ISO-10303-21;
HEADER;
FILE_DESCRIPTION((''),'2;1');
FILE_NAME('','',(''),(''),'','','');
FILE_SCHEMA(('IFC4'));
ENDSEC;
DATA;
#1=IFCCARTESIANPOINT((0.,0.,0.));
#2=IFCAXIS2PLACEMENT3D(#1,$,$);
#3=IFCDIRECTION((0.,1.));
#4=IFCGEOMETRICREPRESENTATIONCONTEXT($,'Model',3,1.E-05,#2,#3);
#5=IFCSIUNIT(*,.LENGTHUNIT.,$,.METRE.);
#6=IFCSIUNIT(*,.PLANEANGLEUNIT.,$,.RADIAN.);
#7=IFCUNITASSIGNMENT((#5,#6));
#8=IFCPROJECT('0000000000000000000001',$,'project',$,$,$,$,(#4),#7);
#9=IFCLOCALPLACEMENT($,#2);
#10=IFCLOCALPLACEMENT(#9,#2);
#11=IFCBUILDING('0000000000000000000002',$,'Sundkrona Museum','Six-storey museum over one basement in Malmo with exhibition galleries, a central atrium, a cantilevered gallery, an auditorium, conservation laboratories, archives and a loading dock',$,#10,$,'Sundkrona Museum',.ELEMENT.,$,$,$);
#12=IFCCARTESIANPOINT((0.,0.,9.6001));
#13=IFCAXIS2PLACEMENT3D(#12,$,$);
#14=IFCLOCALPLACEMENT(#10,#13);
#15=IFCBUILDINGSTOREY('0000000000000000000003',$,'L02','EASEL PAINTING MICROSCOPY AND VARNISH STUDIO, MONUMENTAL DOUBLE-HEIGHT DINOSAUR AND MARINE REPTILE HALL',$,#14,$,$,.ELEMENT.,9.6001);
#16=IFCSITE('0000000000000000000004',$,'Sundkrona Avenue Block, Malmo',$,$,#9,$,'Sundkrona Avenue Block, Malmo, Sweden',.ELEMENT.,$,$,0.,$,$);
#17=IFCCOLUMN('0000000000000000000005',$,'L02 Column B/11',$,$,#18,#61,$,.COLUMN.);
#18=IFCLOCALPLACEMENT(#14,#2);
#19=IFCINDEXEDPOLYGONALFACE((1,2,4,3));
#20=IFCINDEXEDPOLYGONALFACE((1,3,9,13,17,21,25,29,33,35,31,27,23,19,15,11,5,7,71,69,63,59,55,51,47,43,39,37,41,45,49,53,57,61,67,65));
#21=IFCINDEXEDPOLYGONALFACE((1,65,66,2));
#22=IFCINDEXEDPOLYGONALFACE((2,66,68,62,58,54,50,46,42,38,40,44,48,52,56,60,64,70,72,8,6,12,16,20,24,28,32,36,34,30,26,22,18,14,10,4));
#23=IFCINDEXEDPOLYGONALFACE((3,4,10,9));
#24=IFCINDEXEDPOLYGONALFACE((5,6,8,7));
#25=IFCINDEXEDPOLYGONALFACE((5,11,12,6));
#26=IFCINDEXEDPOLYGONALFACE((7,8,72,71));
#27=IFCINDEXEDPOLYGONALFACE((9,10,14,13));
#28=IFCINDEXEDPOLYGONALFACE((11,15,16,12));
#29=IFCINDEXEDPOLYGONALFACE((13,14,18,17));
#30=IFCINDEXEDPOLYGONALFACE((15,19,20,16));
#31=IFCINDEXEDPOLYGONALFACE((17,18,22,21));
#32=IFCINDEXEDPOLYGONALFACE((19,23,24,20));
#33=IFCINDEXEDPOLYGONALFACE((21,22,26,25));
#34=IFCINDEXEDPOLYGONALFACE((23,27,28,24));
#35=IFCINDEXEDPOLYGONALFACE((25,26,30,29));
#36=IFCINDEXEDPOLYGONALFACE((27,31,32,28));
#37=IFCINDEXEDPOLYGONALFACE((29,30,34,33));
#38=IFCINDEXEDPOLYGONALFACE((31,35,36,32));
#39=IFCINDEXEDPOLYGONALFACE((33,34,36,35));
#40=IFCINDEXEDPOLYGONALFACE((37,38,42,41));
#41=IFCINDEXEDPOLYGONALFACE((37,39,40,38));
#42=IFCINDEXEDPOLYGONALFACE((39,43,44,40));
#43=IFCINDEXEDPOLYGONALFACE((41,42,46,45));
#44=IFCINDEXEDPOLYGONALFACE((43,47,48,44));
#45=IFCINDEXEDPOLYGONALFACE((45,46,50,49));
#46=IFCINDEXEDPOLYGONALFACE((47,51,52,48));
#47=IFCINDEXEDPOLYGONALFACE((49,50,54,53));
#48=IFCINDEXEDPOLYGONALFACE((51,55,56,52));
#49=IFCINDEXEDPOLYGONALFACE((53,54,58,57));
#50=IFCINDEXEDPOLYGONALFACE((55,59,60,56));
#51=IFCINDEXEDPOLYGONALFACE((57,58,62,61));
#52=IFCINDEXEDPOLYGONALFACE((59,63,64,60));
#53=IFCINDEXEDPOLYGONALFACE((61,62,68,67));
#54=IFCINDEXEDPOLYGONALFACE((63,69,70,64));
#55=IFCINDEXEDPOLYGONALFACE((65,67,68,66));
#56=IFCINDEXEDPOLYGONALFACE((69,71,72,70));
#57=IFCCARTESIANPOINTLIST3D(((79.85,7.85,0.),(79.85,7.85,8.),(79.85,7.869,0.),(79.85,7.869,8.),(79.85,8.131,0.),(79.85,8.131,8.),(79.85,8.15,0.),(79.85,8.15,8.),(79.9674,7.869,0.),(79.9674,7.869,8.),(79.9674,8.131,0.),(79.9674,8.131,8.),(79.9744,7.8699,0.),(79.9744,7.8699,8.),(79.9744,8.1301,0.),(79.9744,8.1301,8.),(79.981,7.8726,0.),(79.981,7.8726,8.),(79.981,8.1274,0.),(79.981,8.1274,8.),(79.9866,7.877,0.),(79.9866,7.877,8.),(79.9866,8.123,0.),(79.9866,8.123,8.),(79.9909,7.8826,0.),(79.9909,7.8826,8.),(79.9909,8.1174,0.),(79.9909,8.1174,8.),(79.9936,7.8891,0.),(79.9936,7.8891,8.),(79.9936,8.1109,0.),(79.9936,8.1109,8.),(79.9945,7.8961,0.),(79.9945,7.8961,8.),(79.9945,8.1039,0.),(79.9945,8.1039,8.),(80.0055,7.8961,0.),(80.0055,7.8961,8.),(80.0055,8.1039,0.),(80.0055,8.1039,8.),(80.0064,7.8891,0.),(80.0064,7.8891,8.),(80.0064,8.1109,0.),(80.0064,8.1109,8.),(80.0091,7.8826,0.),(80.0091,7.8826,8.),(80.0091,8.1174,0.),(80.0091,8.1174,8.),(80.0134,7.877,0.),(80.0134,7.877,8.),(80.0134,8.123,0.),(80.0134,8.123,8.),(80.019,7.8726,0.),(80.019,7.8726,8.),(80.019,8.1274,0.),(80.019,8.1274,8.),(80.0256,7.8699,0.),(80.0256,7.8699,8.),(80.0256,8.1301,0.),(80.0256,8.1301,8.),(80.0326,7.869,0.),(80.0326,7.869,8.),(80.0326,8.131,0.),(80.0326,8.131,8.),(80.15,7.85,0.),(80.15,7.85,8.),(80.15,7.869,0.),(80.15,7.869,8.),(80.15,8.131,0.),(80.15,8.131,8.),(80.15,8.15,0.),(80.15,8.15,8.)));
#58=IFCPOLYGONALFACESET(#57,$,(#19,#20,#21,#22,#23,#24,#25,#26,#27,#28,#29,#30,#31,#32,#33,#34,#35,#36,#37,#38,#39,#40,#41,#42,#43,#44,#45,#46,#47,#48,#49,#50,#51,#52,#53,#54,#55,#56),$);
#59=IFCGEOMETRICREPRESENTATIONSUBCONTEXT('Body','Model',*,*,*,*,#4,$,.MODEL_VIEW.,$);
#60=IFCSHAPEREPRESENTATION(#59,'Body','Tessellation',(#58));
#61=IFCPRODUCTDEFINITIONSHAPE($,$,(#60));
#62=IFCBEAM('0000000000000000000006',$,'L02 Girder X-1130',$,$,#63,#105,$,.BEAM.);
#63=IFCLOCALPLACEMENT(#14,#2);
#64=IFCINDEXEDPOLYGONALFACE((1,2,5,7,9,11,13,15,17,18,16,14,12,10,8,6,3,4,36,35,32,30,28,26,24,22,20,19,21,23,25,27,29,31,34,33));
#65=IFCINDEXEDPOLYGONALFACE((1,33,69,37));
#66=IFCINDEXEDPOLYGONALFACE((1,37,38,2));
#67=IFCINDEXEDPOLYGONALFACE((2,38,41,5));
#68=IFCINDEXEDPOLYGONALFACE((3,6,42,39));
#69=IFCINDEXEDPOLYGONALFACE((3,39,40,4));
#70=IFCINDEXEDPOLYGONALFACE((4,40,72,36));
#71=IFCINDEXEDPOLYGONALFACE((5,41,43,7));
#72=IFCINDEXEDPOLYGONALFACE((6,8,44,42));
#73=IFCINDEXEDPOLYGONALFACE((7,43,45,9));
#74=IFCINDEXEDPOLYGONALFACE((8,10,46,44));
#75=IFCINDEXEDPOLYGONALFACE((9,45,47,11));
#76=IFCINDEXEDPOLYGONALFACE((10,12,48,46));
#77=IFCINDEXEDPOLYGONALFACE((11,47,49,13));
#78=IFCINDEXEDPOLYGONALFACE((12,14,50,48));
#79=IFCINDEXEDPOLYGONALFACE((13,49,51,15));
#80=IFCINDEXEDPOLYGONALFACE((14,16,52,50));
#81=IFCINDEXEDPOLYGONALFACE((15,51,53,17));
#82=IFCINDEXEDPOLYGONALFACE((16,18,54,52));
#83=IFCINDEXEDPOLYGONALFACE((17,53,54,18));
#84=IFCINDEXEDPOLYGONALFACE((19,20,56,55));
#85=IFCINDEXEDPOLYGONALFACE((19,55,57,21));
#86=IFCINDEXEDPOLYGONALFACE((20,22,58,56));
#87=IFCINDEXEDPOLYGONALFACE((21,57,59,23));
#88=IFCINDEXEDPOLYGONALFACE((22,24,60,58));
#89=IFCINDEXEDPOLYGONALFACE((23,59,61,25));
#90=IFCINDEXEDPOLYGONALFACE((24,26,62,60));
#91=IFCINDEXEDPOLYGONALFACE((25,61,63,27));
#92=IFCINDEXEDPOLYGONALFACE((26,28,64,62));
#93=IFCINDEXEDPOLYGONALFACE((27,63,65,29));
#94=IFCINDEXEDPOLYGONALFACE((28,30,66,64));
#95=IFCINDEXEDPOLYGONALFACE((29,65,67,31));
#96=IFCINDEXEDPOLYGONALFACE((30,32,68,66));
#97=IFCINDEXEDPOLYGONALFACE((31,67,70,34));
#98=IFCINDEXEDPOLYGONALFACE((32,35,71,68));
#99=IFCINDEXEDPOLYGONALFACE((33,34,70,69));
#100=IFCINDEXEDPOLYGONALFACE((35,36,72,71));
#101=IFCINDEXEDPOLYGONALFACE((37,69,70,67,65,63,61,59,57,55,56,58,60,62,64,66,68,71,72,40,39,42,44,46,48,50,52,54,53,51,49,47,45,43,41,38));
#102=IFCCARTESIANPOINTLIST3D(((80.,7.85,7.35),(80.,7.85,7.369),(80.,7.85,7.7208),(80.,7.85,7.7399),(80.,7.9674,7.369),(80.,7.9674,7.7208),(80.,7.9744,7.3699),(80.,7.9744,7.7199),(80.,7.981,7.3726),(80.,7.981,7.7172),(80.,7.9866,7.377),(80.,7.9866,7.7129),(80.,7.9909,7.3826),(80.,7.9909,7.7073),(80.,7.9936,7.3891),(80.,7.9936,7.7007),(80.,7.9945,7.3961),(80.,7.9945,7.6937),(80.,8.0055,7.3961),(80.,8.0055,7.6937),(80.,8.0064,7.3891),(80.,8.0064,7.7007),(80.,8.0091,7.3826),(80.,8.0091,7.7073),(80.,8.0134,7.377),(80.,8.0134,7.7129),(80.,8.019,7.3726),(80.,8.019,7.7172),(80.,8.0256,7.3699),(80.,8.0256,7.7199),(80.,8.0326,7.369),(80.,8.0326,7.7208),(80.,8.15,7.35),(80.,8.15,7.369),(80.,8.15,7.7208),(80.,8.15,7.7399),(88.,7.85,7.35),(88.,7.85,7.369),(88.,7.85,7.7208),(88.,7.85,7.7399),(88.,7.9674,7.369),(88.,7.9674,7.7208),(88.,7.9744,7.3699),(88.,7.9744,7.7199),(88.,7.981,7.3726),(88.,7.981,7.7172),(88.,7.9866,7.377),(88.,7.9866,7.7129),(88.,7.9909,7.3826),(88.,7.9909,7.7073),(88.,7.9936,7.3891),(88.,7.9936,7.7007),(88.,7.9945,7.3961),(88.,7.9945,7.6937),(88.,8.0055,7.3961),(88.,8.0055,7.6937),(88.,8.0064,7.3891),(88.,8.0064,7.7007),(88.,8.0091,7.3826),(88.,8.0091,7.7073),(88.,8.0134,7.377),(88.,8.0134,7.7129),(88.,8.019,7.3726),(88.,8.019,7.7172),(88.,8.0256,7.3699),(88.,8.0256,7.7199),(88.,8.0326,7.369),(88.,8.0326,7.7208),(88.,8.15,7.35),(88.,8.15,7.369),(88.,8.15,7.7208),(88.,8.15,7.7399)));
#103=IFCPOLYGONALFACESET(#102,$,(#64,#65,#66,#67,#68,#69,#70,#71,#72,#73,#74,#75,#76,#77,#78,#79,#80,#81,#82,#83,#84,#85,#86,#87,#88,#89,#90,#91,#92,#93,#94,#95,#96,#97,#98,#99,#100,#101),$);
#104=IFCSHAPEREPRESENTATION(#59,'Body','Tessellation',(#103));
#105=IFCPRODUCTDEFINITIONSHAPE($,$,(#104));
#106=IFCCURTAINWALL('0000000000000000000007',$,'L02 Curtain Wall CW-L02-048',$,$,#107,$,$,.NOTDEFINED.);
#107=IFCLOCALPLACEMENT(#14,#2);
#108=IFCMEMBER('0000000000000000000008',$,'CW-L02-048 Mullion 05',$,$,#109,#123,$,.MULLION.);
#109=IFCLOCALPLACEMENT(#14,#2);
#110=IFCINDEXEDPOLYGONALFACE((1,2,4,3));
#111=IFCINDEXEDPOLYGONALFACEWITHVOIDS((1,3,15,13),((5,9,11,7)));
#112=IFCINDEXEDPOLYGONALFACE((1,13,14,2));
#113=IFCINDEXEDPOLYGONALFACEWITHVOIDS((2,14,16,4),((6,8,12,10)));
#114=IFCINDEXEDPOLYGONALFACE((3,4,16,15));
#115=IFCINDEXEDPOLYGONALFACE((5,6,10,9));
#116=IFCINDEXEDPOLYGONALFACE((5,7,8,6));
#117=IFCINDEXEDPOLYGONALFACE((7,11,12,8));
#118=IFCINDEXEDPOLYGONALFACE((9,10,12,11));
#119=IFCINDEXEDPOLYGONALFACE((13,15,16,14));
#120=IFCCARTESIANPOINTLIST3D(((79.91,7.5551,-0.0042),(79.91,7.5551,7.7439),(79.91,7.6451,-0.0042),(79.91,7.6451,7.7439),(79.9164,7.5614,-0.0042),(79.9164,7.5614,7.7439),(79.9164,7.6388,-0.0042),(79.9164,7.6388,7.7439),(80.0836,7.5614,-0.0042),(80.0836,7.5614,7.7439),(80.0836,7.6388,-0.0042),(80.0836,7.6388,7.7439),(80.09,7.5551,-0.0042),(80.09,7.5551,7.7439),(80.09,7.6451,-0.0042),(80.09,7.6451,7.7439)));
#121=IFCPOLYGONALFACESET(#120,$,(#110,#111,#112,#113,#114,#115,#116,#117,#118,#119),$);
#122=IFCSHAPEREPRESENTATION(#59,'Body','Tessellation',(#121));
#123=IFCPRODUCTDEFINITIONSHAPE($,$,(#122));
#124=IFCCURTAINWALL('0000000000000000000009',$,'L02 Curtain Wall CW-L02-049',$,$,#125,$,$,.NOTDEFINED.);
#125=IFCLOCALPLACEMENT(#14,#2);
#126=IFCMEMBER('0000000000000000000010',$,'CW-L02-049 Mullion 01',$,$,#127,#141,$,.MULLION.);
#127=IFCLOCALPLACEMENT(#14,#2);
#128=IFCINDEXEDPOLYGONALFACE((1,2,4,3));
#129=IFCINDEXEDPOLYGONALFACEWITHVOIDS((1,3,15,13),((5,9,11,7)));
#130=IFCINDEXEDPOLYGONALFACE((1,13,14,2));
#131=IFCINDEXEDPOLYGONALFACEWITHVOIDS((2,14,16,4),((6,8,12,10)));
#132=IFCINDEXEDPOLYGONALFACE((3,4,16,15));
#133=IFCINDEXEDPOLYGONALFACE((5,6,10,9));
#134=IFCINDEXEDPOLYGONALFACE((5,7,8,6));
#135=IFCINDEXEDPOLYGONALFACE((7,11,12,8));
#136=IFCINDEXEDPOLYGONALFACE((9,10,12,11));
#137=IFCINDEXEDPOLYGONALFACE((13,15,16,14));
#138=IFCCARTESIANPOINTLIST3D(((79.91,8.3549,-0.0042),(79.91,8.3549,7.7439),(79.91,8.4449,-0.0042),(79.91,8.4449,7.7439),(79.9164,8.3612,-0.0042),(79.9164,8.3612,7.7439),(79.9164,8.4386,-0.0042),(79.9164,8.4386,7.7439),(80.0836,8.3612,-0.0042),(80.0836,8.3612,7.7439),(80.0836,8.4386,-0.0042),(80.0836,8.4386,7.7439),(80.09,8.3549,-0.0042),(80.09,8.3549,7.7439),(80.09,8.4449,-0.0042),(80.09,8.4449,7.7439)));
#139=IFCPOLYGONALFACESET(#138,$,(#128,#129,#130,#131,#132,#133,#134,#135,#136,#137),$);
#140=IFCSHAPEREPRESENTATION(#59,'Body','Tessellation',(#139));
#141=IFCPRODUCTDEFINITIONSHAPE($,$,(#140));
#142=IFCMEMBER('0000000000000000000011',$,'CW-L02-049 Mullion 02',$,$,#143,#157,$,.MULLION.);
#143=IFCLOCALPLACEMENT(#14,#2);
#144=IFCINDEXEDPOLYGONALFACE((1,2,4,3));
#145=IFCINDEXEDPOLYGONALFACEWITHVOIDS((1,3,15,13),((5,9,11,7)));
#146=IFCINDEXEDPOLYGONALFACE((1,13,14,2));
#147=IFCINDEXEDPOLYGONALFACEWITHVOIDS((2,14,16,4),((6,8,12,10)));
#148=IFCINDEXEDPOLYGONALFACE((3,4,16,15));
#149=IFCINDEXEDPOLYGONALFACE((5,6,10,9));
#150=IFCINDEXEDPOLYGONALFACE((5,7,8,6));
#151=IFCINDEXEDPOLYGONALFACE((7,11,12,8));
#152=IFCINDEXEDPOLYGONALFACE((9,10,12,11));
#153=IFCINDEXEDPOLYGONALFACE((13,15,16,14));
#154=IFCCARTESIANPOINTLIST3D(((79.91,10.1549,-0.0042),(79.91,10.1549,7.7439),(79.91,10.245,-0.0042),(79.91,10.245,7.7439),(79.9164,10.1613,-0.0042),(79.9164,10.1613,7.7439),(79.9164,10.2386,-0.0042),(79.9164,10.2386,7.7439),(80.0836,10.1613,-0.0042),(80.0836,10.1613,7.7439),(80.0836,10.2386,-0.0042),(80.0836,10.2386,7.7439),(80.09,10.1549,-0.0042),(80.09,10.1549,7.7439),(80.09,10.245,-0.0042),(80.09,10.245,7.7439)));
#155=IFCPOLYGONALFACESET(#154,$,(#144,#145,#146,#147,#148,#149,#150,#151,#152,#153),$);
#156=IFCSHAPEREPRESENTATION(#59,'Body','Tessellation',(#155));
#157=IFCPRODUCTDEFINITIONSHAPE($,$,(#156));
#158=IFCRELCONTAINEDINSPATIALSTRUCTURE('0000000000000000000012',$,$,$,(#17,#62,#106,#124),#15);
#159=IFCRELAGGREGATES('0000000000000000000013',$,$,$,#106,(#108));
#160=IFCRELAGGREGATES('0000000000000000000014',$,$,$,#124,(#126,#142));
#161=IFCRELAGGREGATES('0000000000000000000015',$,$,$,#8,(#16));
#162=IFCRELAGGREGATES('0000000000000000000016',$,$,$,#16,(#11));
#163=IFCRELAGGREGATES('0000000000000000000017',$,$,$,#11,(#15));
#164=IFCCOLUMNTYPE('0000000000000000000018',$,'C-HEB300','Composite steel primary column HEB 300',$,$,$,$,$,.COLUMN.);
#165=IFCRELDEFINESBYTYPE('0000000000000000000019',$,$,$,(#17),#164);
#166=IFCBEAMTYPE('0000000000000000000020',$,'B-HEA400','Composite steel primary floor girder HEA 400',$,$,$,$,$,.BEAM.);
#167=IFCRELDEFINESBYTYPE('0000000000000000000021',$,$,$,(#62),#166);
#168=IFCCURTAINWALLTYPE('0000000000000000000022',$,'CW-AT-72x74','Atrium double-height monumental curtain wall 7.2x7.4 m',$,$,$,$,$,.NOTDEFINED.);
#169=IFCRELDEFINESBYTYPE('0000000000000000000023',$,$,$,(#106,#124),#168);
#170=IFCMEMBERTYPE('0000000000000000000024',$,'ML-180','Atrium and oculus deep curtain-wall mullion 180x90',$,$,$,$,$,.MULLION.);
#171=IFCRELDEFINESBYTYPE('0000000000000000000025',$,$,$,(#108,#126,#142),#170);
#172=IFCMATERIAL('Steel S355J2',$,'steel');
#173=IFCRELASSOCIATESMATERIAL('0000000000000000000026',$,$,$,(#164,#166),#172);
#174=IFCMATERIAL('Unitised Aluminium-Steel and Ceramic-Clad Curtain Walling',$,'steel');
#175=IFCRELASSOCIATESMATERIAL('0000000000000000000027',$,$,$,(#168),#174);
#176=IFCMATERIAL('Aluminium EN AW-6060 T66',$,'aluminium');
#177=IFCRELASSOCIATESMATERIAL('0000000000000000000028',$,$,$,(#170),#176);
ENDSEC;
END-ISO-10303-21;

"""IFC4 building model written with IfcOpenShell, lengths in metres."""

from ifc_helpers import new_model, si_unit, direction, frame, origin, origin_2d, place, context, subcontext, project, spatial, hollow_rectangle, i_section, extrude, material, material_profile, profile_set, type_object, element, aggregate, save


model = new_model("IFC4")

# Units and contexts
model_context = context("Model", 3, precision=1e-05, world=origin(), true_north=direction((0.0, 1.0)))
body_context = subcontext(model_context, "Body", "Model", "MODEL_VIEW")
ifc_project = project(units=[si_unit("LENGTHUNIT", "METRE"), si_unit("PLANEANGLEUNIT", "RADIAN")], contexts=[model_context])

# Site, building, storey
site_placement = place(None, origin())
site = spatial("IfcSite", under=ifc_project, at=site_placement, Name="Sundkrona Avenue Block, Malmo", LongName="Sundkrona Avenue Block, Malmo, Sweden", CompositionType="ELEMENT", RefElevation=0.0)
building_placement = place(site_placement, origin())
building = spatial("IfcBuilding", under=site, at=building_placement, Name="Sundkrona Museum", Description="Six-storey museum over one basement in Malmo with exhibition galleries, a central atrium, a cantilevered gallery, an auditorium, conservation laboratories, archives and a loading dock", LongName="Sundkrona Museum", CompositionType="ELEMENT")
storey_placement = place(building_placement, frame((0.0, 0.0, 9.6001)))
storey = spatial("IfcBuildingStorey", under=building, at=storey_placement, Name="L02", Description="EASEL PAINTING MICROSCOPY AND VARNISH STUDIO, MONUMENTAL DOUBLE-HEIGHT DINOSAUR AND MARINE REPTILE HALL", CompositionType="ELEMENT", Elevation=9.6001)

# Column
ifc_material_1 = material(Name="Steel S355J2", Category="steel")
ifc_material_profile_1 = material_profile(ifc_material_1, i_section(OverallWidth=0.3, OverallDepth=0.3, WebThickness=0.011, FlangeThickness=0.019, FilletRadius=0.0271, at=origin_2d()), Name="HEB 300")
ifc_profile_set_1 = profile_set([ifc_material_profile_1], Name="Steel S355J2")
column_type = type_object("IfcColumnType", Name="C-HEB300", Description="Composite steel primary column HEB 300", PredefinedType="COLUMN", material=ifc_profile_set_1)
column_placement = place(storey_placement, frame((80.0, 8.0, 0.0), z_axis=(0.0, 0.0, 1.0), x_axis=(1.0, 0.0, 0.0)))
element("IfcColumn", 1, at=column_placement, inside=storey, type_object=column_type, Name="L02 Column B/11", PredefinedType="COLUMN", context=body_context, shape_type="SweptSolid", body=[
    extrude(i_section(OverallWidth=0.3, OverallDepth=0.3, WebThickness=0.011, FlangeThickness=0.019, FilletRadius=0.0271, at=origin_2d()), origin(), (0.0, 0.0, 1.0), 8.0),
])

# Beam
ifc_material_profile_2 = material_profile(ifc_material_1, i_section(OverallWidth=0.3, OverallDepth=0.3899, WebThickness=0.011, FlangeThickness=0.019, FilletRadius=0.0271, at=origin_2d()), Name="HEA 400")
ifc_profile_set_2 = profile_set([ifc_material_profile_2], Name="Steel S355J2")
beam_type_1 = type_object("IfcBeamType", Name="B-HEA400", Description="Composite steel primary floor girder HEA 400", PredefinedType="BEAM", material=ifc_profile_set_2)
beam_1_placement = place(storey_placement, frame((80.0, 8.0, 7.5449), z_axis=(1.0, 0.0, 0.0), x_axis=(0.0, 1.0, 0.0)))
element("IfcBeam", 2, at=beam_1_placement, inside=storey, type_object=beam_type_1, Name="L02 Girder X-1130", PredefinedType="BEAM", context=body_context, shape_type="SweptSolid", body=[
    extrude(i_section(OverallWidth=0.3, OverallDepth=0.3899, WebThickness=0.011, FlangeThickness=0.019, FilletRadius=0.0271, at=origin_2d()), origin(), (0.0, 0.0, 1.0), 8.0),
])

# Curtain wall, member
ifc_material_2 = material(Name="Unitised Aluminium-Steel and Ceramic-Clad Curtain Walling", Category="steel")
curtain_wall_type = type_object("IfcCurtainWallType", Name="CW-AT-72x74", Description="Atrium double-height monumental curtain wall 7.2x7.4 m", PredefinedType="NOTDEFINED", material=ifc_material_2)
curtain_wall_1_placement = place(storey_placement, origin())
curtain_wall_1 = element("IfcCurtainWall", 3, at=curtain_wall_1_placement, inside=storey, type_object=curtain_wall_type, Name="L02 Curtain Wall CW-L02-048", PredefinedType="NOTDEFINED")
ifc_material_3 = material(Name="Aluminium EN AW-6060 T66", Category="aluminium")
ifc_material_profile_3 = material_profile(ifc_material_3, hollow_rectangle(XDim=0.0901, YDim=0.1799, WallThickness=0.0063, at=origin_2d()), Name="RHS 180x90x6.3")
ifc_profile_set_3 = profile_set([ifc_material_profile_3], Name="Aluminium EN AW-6060 T66")
member_type_1 = type_object("IfcMemberType", Name="ML-180", Description="Atrium and oculus deep curtain-wall mullion 180x90", PredefinedType="MULLION", material=ifc_profile_set_3)
member_1_placement = place(storey_placement, frame((80.0, 7.6001, -0.0042), z_axis=(0.0, 0.0, 1.0), x_axis=(0.0, 1.0, 0.0)))
member_1 = element("IfcMember", 4, at=member_1_placement, type_object=member_type_1, Name="CW-L02-048 Mullion 05", PredefinedType="MULLION", context=body_context, shape_type="SweptSolid", body=[
    extrude(hollow_rectangle(XDim=0.0901, YDim=0.1799, WallThickness=0.0063, at=origin_2d()), origin(), (0.0, 0.0, 1.0), 7.748),
])

# Curtain wall, members
curtain_wall_2_placement = place(storey_placement, origin())
curtain_wall_2 = element("IfcCurtainWall", 5, at=curtain_wall_2_placement, inside=storey, type_object=curtain_wall_type, Name="L02 Curtain Wall CW-L02-049", PredefinedType="NOTDEFINED")
member_2_placement = place(storey_placement, frame((80.0, 8.3999, -0.0042), z_axis=(0.0, 0.0, 1.0), x_axis=(0.0, 1.0, 0.0)))
member_2 = element("IfcMember", 6, at=member_2_placement, type_object=member_type_1, Name="CW-L02-049 Mullion 01", PredefinedType="MULLION", context=body_context, shape_type="SweptSolid", body=[
    extrude(hollow_rectangle(XDim=0.0901, YDim=0.1799, WallThickness=0.0063, at=origin_2d()), origin(), (0.0, 0.0, 1.0), 7.748),
])
member_3_placement = place(storey_placement, frame((80.0, 10.2, -0.0042), z_axis=(0.0, 0.0, 1.0), x_axis=(0.0, 1.0, 0.0)))
member_3 = element("IfcMember", 7, at=member_3_placement, type_object=member_type_1, Name="CW-L02-049 Mullion 02", PredefinedType="MULLION", context=body_context, shape_type="SweptSolid", body=[
    extrude(hollow_rectangle(XDim=0.0901, YDim=0.1799, WallThickness=0.0063, at=origin_2d()), origin(), (0.0, 0.0, 1.0), 7.748),
])

aggregate(curtain_wall_1, [member_1])
aggregate(curtain_wall_2, [member_2, member_3])

save(model, "model.ifc")
